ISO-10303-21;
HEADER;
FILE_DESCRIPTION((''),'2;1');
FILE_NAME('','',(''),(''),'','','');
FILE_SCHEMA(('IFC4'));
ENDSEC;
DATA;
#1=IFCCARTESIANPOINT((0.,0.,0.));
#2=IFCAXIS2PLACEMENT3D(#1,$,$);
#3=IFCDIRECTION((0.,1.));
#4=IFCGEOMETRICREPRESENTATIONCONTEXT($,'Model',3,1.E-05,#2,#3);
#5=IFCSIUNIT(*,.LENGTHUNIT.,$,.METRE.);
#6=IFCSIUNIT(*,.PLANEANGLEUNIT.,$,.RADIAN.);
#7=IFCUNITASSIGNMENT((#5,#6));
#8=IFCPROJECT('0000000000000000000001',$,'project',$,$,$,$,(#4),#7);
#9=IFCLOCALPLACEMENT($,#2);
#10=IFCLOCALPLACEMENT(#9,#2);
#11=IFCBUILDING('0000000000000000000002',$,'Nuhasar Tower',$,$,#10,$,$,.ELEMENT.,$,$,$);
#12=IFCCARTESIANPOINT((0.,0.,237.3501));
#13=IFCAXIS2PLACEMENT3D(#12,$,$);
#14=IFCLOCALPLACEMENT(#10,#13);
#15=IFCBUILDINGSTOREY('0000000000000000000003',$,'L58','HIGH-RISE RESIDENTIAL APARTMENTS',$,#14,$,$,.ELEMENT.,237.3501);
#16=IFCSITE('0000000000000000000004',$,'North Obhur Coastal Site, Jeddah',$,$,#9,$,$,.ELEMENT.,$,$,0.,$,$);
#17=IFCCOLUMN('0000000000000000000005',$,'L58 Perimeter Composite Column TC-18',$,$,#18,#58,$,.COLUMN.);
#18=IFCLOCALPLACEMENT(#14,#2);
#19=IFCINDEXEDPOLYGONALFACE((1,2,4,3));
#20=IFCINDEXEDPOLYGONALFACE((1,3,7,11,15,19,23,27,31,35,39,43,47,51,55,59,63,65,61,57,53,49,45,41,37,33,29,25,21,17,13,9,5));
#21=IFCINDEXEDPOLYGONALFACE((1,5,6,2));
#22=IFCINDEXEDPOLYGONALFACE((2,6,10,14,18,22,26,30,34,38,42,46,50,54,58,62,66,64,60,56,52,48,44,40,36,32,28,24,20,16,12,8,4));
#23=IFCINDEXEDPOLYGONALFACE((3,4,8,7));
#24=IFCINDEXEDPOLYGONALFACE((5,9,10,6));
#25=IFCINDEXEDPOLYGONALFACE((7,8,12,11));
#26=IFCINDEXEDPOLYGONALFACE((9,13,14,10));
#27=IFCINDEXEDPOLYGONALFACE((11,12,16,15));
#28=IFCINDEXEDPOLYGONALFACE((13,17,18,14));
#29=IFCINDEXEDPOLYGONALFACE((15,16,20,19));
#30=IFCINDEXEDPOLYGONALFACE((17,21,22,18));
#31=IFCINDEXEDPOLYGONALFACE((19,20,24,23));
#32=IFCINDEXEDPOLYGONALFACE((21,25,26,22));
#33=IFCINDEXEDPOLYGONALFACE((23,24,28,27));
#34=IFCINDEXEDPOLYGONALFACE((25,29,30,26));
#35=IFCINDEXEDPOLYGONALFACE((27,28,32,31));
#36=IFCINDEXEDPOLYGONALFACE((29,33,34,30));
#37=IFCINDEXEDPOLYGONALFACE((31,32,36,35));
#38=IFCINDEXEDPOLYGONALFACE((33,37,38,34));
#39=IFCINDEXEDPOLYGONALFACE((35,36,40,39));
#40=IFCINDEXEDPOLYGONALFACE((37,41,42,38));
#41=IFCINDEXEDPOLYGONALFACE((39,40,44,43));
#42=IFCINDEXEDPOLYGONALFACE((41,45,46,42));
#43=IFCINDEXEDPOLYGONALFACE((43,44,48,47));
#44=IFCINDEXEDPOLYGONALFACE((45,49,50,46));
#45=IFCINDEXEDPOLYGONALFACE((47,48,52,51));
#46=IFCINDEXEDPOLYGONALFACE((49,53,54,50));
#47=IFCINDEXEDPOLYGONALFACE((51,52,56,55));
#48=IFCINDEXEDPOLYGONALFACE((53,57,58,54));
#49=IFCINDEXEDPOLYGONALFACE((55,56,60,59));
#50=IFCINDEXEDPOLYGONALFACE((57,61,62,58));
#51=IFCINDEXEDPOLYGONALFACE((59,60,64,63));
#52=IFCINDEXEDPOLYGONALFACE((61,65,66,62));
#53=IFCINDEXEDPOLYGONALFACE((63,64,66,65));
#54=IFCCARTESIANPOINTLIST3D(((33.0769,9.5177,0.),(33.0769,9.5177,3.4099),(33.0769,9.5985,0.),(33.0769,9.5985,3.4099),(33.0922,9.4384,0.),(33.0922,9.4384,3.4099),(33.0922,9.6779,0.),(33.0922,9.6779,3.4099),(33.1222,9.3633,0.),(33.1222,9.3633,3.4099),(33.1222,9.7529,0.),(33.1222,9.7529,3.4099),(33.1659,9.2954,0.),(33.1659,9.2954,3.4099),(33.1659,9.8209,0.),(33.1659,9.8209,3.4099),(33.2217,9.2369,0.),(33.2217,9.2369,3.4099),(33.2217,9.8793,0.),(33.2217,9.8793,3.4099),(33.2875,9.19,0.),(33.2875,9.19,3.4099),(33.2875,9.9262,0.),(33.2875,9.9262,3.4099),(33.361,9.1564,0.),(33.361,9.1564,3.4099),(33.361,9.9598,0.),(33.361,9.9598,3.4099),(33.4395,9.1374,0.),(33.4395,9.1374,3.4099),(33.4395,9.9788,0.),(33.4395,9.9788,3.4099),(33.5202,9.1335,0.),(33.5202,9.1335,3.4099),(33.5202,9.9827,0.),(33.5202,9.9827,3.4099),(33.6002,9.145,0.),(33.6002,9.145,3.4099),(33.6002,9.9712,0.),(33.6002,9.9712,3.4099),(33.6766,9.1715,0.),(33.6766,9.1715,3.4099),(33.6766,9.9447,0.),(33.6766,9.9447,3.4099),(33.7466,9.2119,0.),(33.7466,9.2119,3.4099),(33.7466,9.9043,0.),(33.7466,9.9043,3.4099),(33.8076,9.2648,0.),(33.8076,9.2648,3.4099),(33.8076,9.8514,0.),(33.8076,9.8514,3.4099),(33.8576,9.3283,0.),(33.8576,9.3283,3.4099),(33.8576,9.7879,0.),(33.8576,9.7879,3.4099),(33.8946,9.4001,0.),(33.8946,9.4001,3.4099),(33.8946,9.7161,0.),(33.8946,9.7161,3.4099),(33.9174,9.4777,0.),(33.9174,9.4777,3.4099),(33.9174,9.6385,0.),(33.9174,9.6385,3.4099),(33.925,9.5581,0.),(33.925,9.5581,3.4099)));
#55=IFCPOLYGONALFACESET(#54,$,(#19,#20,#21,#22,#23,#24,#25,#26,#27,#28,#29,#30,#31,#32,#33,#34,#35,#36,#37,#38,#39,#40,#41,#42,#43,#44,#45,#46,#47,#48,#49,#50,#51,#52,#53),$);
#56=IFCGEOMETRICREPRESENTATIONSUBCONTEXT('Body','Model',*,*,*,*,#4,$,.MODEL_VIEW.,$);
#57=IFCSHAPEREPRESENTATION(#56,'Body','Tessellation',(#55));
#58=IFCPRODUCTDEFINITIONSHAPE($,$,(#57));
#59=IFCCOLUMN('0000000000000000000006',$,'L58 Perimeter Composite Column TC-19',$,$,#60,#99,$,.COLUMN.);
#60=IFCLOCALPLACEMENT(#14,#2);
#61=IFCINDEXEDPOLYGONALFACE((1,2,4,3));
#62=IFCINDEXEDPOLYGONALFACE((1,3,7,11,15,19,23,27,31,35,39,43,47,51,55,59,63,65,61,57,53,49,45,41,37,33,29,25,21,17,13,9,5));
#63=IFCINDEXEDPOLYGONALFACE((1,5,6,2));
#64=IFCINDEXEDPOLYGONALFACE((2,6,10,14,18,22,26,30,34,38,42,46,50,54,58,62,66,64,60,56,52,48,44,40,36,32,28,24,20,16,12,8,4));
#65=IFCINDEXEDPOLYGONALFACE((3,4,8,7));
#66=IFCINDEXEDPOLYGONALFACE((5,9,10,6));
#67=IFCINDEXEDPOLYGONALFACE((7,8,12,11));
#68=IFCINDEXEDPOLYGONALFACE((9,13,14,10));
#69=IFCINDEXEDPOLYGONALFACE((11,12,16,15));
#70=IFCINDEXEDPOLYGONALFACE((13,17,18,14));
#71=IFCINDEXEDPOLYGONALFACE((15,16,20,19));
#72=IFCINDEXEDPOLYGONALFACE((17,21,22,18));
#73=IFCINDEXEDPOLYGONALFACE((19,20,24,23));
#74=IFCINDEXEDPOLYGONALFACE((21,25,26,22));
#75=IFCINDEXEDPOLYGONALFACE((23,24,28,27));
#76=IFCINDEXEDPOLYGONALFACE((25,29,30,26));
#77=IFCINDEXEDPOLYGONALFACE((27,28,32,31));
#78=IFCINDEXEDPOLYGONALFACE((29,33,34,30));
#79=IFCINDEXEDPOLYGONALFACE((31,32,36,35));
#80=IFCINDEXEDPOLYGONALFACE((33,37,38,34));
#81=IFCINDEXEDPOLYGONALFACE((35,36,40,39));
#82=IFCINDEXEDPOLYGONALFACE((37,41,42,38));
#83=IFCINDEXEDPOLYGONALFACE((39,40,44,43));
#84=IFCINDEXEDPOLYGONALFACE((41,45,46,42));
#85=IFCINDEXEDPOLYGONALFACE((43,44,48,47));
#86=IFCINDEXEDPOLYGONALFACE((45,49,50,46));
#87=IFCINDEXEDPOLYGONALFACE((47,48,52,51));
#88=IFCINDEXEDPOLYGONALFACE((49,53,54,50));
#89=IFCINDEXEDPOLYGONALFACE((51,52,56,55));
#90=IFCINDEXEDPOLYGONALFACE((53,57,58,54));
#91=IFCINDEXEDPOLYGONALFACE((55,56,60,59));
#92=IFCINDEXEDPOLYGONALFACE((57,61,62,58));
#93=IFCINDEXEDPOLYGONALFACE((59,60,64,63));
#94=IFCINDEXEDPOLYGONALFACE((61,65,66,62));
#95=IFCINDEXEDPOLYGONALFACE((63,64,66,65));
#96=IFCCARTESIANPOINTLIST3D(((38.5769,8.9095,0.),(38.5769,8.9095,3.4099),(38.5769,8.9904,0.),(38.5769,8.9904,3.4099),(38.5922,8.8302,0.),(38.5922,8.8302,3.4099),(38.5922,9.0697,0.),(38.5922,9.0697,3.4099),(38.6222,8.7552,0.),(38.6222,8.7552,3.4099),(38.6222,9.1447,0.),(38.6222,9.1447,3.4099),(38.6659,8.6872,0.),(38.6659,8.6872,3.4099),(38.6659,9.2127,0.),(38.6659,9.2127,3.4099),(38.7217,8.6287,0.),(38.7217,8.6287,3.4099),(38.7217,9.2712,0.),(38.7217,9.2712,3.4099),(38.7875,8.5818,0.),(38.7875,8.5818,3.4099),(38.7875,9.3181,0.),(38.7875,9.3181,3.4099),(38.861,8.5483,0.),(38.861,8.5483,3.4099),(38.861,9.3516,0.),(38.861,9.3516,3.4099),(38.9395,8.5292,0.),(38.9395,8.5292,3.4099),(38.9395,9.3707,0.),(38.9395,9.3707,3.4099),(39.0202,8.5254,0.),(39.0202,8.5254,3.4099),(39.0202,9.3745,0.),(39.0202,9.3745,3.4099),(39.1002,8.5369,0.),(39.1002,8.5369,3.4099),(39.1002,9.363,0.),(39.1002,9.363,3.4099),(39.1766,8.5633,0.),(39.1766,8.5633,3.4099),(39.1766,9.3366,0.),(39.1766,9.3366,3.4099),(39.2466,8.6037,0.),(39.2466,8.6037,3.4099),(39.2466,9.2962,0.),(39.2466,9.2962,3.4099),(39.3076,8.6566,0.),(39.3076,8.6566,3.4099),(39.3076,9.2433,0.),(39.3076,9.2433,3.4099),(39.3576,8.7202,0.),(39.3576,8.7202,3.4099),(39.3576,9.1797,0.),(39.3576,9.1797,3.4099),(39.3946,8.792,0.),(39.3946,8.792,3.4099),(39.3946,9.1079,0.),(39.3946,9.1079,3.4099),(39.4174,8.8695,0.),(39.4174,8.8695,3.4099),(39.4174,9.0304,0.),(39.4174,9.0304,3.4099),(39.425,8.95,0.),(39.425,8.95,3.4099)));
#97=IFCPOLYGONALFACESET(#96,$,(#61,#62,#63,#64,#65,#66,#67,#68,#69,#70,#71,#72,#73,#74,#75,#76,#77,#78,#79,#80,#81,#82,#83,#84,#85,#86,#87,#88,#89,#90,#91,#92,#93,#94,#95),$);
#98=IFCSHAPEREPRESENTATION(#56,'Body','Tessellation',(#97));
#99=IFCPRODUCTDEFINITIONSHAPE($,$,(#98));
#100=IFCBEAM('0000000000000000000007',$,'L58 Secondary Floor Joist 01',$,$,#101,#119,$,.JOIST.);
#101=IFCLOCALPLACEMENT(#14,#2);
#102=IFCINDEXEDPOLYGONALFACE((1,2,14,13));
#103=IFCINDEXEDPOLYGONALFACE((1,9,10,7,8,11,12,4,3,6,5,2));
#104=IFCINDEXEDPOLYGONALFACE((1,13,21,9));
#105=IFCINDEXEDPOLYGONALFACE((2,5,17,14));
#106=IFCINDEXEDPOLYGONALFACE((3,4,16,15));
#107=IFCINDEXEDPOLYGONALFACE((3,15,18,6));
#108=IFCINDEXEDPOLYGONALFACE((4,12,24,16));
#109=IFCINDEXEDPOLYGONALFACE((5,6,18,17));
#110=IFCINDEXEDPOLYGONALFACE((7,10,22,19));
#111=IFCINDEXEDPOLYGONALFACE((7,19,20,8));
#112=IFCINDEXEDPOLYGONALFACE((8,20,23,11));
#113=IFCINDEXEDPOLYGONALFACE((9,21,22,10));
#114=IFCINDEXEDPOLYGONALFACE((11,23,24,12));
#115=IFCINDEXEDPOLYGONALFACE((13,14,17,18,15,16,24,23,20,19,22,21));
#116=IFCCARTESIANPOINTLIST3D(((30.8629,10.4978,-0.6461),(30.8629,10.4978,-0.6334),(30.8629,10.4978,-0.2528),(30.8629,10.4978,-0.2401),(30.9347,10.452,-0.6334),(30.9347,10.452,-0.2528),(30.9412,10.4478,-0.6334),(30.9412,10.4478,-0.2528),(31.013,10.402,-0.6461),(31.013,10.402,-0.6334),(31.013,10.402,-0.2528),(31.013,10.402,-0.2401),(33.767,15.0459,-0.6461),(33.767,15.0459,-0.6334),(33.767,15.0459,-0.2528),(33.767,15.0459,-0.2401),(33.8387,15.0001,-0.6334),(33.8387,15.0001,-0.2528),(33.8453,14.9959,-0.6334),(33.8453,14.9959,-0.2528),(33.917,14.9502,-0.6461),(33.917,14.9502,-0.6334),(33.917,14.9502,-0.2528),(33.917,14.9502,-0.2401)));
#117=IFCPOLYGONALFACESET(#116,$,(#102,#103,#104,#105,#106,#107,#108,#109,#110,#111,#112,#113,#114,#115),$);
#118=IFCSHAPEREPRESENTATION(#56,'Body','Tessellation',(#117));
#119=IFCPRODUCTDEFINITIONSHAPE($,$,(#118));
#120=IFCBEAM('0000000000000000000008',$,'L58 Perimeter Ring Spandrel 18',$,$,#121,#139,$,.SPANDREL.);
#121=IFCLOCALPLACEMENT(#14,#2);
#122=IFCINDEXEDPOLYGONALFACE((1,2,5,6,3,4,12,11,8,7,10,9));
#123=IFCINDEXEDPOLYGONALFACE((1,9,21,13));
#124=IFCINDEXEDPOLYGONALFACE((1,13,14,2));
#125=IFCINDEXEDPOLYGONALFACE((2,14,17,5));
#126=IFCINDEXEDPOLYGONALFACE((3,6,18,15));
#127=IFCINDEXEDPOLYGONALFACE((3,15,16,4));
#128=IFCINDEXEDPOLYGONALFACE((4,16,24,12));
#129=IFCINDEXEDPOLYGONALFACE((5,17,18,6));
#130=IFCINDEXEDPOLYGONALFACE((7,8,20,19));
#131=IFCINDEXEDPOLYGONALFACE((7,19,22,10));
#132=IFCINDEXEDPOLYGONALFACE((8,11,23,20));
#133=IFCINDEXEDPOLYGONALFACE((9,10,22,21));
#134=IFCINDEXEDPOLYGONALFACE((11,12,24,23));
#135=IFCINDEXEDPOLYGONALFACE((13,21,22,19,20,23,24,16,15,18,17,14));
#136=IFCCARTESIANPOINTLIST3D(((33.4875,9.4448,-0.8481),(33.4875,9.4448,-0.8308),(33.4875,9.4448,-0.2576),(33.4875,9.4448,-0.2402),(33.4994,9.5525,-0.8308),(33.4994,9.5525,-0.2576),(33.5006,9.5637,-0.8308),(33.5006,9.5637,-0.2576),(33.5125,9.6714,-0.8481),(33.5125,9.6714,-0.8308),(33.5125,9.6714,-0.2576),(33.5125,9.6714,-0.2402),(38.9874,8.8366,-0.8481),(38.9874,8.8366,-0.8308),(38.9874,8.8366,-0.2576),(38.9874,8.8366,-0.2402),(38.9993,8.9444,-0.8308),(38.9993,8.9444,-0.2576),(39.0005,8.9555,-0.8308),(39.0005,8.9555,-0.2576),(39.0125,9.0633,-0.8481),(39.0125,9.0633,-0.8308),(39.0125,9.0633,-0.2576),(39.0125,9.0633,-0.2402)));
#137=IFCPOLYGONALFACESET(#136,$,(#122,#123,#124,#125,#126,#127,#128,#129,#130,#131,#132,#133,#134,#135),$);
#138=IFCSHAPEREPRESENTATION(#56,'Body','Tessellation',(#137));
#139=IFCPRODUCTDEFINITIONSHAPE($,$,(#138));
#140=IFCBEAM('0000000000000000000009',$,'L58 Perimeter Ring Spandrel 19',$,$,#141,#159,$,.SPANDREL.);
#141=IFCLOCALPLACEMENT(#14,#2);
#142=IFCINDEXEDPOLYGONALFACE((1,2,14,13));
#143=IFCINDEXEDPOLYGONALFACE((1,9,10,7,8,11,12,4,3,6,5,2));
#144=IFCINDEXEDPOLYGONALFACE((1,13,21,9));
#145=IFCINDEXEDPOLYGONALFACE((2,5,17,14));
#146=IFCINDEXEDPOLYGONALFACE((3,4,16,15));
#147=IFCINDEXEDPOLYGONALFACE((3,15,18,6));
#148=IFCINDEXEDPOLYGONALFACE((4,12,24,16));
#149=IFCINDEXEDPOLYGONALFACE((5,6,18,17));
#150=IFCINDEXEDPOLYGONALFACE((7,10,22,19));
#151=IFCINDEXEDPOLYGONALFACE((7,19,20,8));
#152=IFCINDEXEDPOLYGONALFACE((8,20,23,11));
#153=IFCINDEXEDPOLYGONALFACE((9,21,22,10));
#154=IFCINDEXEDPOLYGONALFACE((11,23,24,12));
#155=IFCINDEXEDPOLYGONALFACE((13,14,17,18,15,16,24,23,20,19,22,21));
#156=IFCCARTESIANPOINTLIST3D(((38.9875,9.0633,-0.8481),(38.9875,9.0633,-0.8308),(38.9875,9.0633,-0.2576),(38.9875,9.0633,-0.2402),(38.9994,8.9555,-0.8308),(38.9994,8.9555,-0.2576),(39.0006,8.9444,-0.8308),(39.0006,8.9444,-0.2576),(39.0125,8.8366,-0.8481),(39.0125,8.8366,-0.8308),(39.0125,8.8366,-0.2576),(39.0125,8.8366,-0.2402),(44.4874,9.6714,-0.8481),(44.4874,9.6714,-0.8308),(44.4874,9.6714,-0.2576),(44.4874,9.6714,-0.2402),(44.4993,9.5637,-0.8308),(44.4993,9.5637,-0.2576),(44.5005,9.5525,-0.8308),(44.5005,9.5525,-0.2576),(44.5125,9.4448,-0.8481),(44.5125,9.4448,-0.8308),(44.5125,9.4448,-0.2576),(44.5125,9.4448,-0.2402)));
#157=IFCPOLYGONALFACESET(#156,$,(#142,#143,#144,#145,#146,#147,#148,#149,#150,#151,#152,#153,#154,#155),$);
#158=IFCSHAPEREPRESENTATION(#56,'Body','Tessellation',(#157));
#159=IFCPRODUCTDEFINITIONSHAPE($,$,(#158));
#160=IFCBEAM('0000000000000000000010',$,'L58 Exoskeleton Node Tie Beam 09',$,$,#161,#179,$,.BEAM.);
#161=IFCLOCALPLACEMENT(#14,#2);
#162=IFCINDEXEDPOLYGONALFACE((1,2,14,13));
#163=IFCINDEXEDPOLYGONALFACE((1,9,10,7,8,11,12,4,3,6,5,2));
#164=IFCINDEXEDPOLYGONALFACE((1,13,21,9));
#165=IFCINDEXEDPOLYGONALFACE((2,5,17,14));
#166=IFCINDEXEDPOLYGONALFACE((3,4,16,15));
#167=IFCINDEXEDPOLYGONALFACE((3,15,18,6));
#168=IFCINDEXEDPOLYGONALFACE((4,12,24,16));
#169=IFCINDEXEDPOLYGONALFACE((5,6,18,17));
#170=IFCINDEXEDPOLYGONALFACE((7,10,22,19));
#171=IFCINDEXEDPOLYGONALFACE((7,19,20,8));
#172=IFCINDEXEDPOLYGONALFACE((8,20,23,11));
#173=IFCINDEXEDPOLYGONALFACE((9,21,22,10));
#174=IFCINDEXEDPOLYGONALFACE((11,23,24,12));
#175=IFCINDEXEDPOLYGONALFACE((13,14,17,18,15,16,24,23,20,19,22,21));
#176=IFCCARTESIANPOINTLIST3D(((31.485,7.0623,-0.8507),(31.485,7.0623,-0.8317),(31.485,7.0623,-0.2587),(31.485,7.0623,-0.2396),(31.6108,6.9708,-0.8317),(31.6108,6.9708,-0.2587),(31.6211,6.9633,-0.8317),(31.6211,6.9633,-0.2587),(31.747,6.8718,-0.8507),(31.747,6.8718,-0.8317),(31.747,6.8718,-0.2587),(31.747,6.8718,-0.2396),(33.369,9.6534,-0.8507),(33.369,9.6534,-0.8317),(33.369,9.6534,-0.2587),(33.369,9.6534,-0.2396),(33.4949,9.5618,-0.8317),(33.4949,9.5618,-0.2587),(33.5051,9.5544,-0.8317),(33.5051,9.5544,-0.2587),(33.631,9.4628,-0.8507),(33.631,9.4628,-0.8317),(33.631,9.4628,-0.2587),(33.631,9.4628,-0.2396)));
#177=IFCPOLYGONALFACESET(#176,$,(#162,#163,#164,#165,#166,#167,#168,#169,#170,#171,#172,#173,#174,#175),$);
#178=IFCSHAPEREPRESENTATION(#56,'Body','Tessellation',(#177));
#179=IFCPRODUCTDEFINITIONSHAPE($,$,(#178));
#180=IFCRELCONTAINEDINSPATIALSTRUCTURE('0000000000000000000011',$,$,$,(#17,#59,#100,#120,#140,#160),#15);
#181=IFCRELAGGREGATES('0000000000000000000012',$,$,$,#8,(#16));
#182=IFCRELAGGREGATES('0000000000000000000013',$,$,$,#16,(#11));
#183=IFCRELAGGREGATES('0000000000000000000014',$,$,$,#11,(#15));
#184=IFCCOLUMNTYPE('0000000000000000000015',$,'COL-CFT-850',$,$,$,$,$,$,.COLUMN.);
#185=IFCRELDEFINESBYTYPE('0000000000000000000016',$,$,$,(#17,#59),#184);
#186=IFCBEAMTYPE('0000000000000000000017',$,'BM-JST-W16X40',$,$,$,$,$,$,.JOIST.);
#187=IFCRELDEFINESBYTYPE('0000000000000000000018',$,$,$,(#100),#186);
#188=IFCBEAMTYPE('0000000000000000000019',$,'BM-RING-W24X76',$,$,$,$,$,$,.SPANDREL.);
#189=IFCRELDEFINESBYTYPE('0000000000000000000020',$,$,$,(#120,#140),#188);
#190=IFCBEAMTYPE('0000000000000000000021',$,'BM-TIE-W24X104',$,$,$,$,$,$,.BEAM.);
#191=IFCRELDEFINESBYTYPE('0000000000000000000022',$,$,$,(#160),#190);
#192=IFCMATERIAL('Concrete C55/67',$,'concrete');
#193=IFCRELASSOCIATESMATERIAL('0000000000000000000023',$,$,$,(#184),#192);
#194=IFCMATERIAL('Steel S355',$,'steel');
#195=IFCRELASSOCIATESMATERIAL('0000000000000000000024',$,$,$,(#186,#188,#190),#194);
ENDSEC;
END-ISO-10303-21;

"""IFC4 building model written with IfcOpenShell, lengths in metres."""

from ifc_helpers import new_model, si_unit, direction, frame, origin, origin_2d, place, context, subcontext, project, spatial, circle, i_section, extrude, material, material_profile, profile_set, type_object, element, save


model = new_model("IFC4")

# Units and contexts
model_context = context("Model", 3, precision=1e-05, world=origin(), true_north=direction((0.0, 1.0)))
body_context = subcontext(model_context, "Body", "Model", "MODEL_VIEW")
ifc_project = project(units=[si_unit("LENGTHUNIT", "METRE"), si_unit("PLANEANGLEUNIT", "RADIAN")], contexts=[model_context])

# Site, building, storey
site_placement = place(None, origin())
site = spatial("IfcSite", under=ifc_project, at=site_placement, Name="North Obhur Coastal Site, Jeddah", CompositionType="ELEMENT", RefElevation=0.0)
building_placement = place(site_placement, origin())
building = spatial("IfcBuilding", under=site, at=building_placement, Name="Nuhasar Tower", CompositionType="ELEMENT")
storey_placement = place(building_placement, frame((0.0, 0.0, 237.3501)))
storey = spatial("IfcBuildingStorey", under=building, at=storey_placement, Name="L58", Description="HIGH-RISE RESIDENTIAL APARTMENTS", CompositionType="ELEMENT", Elevation=237.3501)

# Columns
ifc_material_1 = material(Name="Concrete C55/67", Category="concrete")
ifc_material_profile_1 = material_profile(ifc_material_1, circle(Radius=0.425, at=origin_2d()), Name="CFT850")
ifc_profile_set_1 = profile_set([ifc_material_profile_1], Name="Concrete C55/67")
column_type = type_object("IfcColumnType", Name="COL-CFT-850", PredefinedType="COLUMN", material=ifc_profile_set_1)
for number, where, z_axis, x_axis, name in (
    (1, (33.5, 9.5581, 0.0), (0.0, 0.0, 1.0), (1.0, 0.0, 0.0), "L58 Perimeter Composite Column TC-18"),
    (2, (39.0, 8.95, 0.0), (0.0, 0.0, 1.0), (1.0, 0.0, 0.0), "L58 Perimeter Composite Column TC-19"),
):
    element("IfcColumn", number, at=place(storey_placement, frame(where, z_axis=z_axis, x_axis=x_axis)), inside=storey, type_object=column_type, Name=name, PredefinedType="COLUMN", context=body_context, shape_type="SweptSolid", body=[
        extrude(circle(Radius=0.425, at=origin_2d()), origin(), (0.0, 0.0, 1.0), 3.4099),
    ])

# Beams
ifc_material_2 = material(Name="Steel S355", Category="steel")
ifc_material_profile_2 = material_profile(ifc_material_2, i_section(OverallWidth=0.178, OverallDepth=0.406, WebThickness=0.0078, FlangeThickness=0.0127, at=origin_2d()), Name="W16X40")
ifc_profile_set_2 = profile_set([ifc_material_profile_2], Name="Steel S355")
beam_type_1 = type_object("IfcBeamType", Name="BM-JST-W16X40", PredefinedType="JOIST", material=ifc_profile_set_2)
beam_1_placement = place(storey_placement, frame((33.842, 14.998, -0.4431), z_axis=(-0.538169, -0.842837, 0.0), x_axis=(0.842837, -0.538169, 0.0)))
element("IfcBeam", 3, at=beam_1_placement, inside=storey, type_object=beam_type_1, Name="L58 Secondary Floor Joist 01", PredefinedType="JOIST", context=body_context, shape_type="SweptSolid", body=[
    extrude(i_section(OverallWidth=0.178, OverallDepth=0.406, WebThickness=0.0078, FlangeThickness=0.0127, at=origin_2d()), origin(), (0.0, 0.0, 1.0), 5.3962),
])
ifc_material_profile_3 = material_profile(ifc_material_2, i_section(OverallWidth=0.228, OverallDepth=0.6079, WebThickness=0.0112, FlangeThickness=0.0173, at=origin_2d()), Name="W24X76")
ifc_profile_set_3 = profile_set([ifc_material_profile_3], Name="Steel S355")
beam_type_2 = type_object("IfcBeamType", Name="BM-RING-W24X76", PredefinedType="SPANDREL", material=ifc_profile_set_3)
for number, where, z_axis, x_axis, name in (
    (4, (33.5, 9.5581, -0.5442), (0.993942, -0.109904, 0.0), (0.109904, 0.993942, 0.0), "L58 Perimeter Ring Spandrel 18"),
    (5, (39.0, 8.95, -0.5442), (0.993942, 0.109904, 0.0), (-0.109904, 0.993942, 0.0), "L58 Perimeter Ring Spandrel 19"),
):
    element("IfcBeam", number, at=place(storey_placement, frame(where, z_axis=z_axis, x_axis=x_axis)), inside=storey, type_object=beam_type_2, Name=name, PredefinedType="SPANDREL", context=body_context, shape_type="SweptSolid", body=[
        extrude(i_section(OverallWidth=0.228, OverallDepth=0.6079, WebThickness=0.0112, FlangeThickness=0.0173, at=origin_2d()), origin(), (0.0, 0.0, 1.0), 5.5334),
    ])
ifc_material_profile_4 = material_profile(ifc_material_2, i_section(OverallWidth=0.324, OverallDepth=0.6111, WebThickness=0.0127, FlangeThickness=0.019, at=origin_2d()), Name="W24X104")
ifc_profile_set_4 = profile_set([ifc_material_profile_4], Name="Steel S355")
beam_type_3 = type_object("IfcBeamType", Name="BM-TIE-W24X104", PredefinedType="BEAM", material=ifc_profile_set_4)
beam_2_placement = place(storey_placement, frame((33.5, 9.5581, -0.5452), z_axis=(-0.588095, -0.808792, 0.0), x_axis=(0.808792, -0.588095, 0.0)))
element("IfcBeam", 6, at=beam_2_placement, inside=storey, type_object=beam_type_3, Name="L58 Exoskeleton Node Tie Beam 09", PredefinedType="BEAM", context=body_context, shape_type="SweptSolid", body=[
    extrude(i_section(OverallWidth=0.324, OverallDepth=0.6111, WebThickness=0.0127, FlangeThickness=0.019, at=origin_2d()), origin(), (0.0, 0.0, 1.0), 3.2036),
])

save(model, "model.ifc")
